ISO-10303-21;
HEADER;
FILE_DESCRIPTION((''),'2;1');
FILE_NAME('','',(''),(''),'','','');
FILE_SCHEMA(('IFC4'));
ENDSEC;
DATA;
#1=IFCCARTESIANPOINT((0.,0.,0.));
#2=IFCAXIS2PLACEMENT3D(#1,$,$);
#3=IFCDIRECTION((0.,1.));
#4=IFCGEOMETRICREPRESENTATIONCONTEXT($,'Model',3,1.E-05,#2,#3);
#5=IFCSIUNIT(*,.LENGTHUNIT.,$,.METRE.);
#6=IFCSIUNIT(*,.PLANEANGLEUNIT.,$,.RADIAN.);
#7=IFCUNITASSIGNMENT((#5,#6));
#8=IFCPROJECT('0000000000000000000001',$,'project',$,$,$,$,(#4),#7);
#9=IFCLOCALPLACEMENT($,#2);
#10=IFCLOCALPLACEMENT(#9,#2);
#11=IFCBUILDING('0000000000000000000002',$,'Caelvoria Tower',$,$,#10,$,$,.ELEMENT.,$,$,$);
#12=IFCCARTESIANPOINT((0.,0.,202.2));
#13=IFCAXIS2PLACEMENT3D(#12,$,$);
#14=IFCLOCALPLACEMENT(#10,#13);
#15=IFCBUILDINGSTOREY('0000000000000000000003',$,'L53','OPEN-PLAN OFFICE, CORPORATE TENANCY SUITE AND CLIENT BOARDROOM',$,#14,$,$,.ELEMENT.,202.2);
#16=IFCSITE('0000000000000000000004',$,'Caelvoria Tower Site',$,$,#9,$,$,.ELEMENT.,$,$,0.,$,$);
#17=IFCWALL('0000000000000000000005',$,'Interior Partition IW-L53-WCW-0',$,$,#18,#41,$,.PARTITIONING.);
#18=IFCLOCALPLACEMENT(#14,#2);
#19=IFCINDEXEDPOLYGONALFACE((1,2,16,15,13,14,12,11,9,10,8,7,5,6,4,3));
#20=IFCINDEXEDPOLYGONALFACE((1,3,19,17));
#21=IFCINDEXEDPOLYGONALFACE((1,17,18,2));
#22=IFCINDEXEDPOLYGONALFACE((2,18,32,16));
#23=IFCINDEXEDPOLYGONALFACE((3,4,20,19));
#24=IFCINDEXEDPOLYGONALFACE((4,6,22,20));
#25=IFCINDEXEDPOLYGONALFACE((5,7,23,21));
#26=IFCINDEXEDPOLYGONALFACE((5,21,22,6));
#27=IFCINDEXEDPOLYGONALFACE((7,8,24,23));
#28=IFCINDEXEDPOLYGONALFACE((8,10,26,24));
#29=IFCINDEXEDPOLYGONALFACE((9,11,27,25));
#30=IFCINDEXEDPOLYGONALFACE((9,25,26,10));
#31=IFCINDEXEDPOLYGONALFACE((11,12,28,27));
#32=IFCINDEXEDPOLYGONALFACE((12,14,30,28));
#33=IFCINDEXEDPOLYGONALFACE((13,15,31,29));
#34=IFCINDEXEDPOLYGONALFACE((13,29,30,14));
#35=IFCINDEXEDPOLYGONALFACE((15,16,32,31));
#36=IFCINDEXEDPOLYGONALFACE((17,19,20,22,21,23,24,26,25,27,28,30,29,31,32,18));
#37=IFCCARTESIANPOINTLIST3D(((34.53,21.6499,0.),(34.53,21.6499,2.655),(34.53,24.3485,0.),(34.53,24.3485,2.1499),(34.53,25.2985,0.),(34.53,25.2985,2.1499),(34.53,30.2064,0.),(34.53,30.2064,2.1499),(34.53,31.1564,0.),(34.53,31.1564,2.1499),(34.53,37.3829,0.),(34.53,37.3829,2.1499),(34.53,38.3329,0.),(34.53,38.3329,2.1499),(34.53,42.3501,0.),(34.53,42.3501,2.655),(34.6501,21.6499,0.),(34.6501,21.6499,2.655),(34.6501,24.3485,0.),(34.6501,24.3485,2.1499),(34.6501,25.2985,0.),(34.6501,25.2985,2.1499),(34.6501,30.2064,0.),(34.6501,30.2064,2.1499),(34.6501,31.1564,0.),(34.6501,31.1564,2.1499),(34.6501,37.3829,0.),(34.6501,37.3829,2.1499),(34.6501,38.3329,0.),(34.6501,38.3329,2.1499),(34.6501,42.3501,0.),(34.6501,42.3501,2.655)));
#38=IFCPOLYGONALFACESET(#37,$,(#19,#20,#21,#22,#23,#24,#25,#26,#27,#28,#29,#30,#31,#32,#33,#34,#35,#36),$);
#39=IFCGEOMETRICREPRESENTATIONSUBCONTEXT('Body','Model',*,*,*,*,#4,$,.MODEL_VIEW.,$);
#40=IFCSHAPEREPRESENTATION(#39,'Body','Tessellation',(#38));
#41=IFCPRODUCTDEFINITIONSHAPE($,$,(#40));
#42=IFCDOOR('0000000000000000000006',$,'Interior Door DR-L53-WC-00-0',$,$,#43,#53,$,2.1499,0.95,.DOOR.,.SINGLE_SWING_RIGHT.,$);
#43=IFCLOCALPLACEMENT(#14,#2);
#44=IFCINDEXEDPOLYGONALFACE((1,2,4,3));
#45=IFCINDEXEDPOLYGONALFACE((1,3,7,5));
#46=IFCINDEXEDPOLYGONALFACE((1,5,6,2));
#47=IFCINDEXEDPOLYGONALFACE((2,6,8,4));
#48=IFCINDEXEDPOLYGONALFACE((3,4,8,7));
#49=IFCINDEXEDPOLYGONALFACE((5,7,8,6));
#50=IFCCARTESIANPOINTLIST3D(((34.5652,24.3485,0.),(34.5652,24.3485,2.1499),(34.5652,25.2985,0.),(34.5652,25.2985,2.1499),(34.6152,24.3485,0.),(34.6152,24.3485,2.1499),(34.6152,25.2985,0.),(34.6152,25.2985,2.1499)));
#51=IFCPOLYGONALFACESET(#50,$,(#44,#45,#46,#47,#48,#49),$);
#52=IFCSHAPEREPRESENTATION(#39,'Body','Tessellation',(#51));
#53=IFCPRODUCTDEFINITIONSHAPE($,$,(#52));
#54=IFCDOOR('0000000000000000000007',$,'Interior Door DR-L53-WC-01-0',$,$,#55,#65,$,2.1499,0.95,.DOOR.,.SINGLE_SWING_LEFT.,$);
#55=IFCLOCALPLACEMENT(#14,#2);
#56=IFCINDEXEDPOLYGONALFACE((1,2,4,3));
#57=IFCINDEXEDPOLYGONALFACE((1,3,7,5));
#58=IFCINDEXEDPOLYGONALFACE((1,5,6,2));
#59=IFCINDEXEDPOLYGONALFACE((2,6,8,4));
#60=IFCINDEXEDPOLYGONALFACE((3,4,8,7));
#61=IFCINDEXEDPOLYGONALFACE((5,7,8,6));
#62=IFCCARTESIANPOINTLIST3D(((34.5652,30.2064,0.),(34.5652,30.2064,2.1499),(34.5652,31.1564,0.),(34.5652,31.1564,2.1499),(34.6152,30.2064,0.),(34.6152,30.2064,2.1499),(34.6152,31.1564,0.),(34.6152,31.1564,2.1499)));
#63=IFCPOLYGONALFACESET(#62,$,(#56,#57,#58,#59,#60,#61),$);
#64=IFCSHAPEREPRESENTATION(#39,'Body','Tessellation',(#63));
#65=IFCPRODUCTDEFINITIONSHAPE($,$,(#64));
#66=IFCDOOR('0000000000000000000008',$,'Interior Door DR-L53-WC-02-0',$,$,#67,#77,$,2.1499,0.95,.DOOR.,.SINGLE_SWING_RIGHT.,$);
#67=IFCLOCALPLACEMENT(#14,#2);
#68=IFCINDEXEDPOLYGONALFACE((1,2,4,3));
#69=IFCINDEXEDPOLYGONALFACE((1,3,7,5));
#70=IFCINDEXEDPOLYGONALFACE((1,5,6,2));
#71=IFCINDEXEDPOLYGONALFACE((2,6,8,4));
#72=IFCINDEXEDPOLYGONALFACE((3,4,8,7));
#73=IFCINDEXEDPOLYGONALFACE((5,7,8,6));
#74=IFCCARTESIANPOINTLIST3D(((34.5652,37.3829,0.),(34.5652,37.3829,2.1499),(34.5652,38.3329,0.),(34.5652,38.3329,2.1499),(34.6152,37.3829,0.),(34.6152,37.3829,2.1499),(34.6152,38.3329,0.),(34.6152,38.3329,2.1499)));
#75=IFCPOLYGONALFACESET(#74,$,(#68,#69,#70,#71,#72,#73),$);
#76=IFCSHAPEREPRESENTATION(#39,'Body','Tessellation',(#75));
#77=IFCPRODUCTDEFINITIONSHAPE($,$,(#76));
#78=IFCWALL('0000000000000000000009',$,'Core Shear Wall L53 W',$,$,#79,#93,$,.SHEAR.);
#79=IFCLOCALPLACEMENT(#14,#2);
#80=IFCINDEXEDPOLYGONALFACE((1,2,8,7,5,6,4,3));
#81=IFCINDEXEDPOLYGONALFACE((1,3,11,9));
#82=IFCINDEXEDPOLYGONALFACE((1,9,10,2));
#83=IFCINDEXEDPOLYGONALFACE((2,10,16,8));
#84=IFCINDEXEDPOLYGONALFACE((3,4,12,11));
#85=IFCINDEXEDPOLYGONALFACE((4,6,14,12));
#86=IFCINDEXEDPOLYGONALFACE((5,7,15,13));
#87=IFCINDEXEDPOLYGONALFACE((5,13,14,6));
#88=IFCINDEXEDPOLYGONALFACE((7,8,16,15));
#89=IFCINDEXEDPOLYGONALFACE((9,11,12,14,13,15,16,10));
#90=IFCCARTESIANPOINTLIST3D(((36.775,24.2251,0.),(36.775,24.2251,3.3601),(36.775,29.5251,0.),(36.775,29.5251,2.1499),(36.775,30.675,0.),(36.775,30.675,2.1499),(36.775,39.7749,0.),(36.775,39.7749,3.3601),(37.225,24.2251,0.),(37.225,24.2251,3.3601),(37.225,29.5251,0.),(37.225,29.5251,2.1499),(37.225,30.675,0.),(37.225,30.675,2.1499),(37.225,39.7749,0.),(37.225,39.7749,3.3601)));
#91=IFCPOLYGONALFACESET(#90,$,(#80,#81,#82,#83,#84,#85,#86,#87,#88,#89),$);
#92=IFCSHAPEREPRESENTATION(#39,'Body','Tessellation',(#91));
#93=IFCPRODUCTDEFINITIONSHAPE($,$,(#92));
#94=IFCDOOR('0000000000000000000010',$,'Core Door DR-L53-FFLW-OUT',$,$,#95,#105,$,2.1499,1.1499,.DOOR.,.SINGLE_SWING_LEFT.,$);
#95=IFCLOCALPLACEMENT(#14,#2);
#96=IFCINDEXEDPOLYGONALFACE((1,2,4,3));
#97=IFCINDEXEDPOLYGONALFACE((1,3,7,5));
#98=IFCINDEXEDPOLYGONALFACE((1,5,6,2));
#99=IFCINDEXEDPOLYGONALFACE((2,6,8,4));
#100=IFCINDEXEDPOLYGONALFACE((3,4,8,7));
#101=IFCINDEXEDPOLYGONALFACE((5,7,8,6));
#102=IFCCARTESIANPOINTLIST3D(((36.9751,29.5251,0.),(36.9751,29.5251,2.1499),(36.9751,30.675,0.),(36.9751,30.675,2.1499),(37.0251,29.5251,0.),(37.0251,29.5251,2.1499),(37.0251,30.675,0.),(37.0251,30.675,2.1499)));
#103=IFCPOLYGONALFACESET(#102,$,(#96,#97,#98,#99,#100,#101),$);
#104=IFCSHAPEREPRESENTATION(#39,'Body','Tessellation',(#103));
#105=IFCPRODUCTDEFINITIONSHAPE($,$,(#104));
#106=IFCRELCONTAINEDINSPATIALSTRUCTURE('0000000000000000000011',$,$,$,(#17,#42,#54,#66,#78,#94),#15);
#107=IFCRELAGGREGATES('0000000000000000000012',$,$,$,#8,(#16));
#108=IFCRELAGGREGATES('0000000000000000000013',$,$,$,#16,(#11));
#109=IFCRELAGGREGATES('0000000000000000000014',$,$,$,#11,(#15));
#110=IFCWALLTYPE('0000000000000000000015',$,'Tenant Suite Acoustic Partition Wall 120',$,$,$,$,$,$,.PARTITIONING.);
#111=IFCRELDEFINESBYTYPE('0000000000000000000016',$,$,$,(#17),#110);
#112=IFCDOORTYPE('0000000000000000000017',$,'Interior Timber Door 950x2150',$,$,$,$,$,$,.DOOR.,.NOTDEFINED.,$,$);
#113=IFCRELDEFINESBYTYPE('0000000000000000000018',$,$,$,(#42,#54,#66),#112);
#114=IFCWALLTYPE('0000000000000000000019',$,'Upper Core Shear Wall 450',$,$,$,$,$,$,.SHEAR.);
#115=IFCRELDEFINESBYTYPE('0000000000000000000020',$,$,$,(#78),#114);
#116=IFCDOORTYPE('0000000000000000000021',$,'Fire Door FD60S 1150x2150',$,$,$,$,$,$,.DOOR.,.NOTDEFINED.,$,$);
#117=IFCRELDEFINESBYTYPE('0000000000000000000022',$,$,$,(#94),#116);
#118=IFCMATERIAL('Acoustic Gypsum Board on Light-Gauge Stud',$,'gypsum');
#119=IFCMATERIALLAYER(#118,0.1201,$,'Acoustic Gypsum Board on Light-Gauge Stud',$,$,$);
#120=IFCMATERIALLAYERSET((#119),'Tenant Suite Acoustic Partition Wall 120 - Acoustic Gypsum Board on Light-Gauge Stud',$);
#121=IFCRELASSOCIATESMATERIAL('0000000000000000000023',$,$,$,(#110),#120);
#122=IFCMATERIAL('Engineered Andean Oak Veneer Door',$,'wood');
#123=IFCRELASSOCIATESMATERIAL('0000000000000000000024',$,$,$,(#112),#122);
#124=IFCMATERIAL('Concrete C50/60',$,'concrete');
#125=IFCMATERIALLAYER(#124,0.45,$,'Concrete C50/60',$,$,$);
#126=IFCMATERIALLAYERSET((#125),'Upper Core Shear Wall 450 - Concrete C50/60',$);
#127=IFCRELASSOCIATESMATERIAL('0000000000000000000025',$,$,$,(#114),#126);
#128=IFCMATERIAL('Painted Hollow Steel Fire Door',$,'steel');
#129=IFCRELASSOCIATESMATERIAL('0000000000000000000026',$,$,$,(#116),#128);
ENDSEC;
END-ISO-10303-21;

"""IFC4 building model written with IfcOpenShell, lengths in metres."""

from ifc_helpers import new_model, si_unit, direction, frame, frame_2d, origin, place, context, subcontext, project, spatial, rectangle, extrude, material, layer, layer_set, type_object, element, fill, save


model = new_model("IFC4")

# Units and contexts
model_context = context("Model", 3, precision=1e-05, world=origin(), true_north=direction((0.0, 1.0)))
body_context = subcontext(model_context, "Body", "Model", "MODEL_VIEW")
ifc_project = project(units=[si_unit("LENGTHUNIT", "METRE"), si_unit("PLANEANGLEUNIT", "RADIAN")], contexts=[model_context])

# Site, building, storey
site_placement = place(None, origin())
site = spatial("IfcSite", under=ifc_project, at=site_placement, Name="Caelvoria Tower Site", CompositionType="ELEMENT", RefElevation=0.0)
building_placement = place(site_placement, origin())
building = spatial("IfcBuilding", under=site, at=building_placement, Name="Caelvoria Tower", CompositionType="ELEMENT")
storey_placement = place(building_placement, frame((0.0, 0.0, 202.2)))
storey = spatial("IfcBuildingStorey", under=building, at=storey_placement, Name="L53", Description="OPEN-PLAN OFFICE, CORPORATE TENANCY SUITE AND CLIENT BOARDROOM", CompositionType="ELEMENT", Elevation=202.2)

# Shared definitions
ifc_material_1 = material(Name="Concrete C50/60", Category="concrete")
ifc_material_2 = material(Name="Painted Hollow Steel Fire Door", Category="steel")

# Shared definitions
ifc_material_3 = material(Name="Engineered Andean Oak Veneer Door", Category="wood")

# Shared definitions
ifc_material_4 = material(Name="Acoustic Gypsum Board on Light-Gauge Stud", Category="gypsum")
ifc_layer_1 = layer(ifc_material_4, 0.1201, Name="Acoustic Gypsum Board on Light-Gauge Stud")
ifc_layer_set_1 = layer_set([ifc_layer_1], Name="Tenant Suite Acoustic Partition Wall 120 - Acoustic Gypsum Board on Light-Gauge Stud")
wall_type_1 = type_object("IfcWallType", Name="Tenant Suite Acoustic Partition Wall 120", PredefinedType="PARTITIONING", material=ifc_layer_set_1)

# Wall, openings, doors
wall_1_placement = place(storey_placement, frame((34.5901, 21.6499, 0.0), z_axis=(0.0, 0.0, 1.0), x_axis=(0.0, 1.0, 0.0)))
wall_1 = element("IfcWall", 1, at=wall_1_placement, inside=storey, type_object=wall_type_1, Name="Interior Partition IW-L53-WCW-0", PredefinedType="PARTITIONING", context=body_context, shape_type="SweptSolid", body=[
    extrude(rectangle(XDim=20.7002, YDim=0.1201, at=frame_2d((10.3501, 0.0))), origin(), (0.0, 0.0, 1.0), 2.655),
])
opening_1_placement = place(wall_1_placement, frame((2.6985, 0.0, 0.0)))
opening_1 = element("IfcOpeningElement", 2, at=opening_1_placement, cuts=wall_1, PredefinedType="OPENING", context=body_context, shape_type="SweptSolid", body=[
    extrude(rectangle(XDim=0.95, YDim=2.1499, at=frame_2d((0.4751, 1.075))), frame((0.0, 0.0701, 0.0), z_axis=(0.0, -1.0, 0.0), x_axis=(1.0, 0.0, 0.0)), (0.0, 0.0, 1.0), 0.1401),
])
opening_2_placement = place(wall_1_placement, frame((8.5564, 0.0, 0.0)))
opening_2 = element("IfcOpeningElement", 3, at=opening_2_placement, cuts=wall_1, PredefinedType="OPENING", context=body_context, shape_type="SweptSolid", body=[
    extrude(rectangle(XDim=0.95, YDim=2.1499, at=frame_2d((0.4751, 1.075))), frame((0.0, 0.0701, 0.0), z_axis=(0.0, -1.0, 0.0), x_axis=(1.0, 0.0, 0.0)), (0.0, 0.0, 1.0), 0.1401),
])
opening_3_placement = place(wall_1_placement, frame((15.7329, 0.0, 0.0)))
opening_3 = element("IfcOpeningElement", 4, at=opening_3_placement, cuts=wall_1, PredefinedType="OPENING", context=body_context, shape_type="SweptSolid", body=[
    extrude(rectangle(XDim=0.95, YDim=2.1499, at=frame_2d((0.4751, 1.075))), frame((0.0, 0.0701, 0.0), z_axis=(0.0, -1.0, 0.0), x_axis=(1.0, 0.0, 0.0)), (0.0, 0.0, 1.0), 0.1401),
])
door_type_1 = type_object("IfcDoorType", Name="Interior Timber Door 950x2150", OperationType="NOTDEFINED", PredefinedType="DOOR", material=ifc_material_3)
door_1_placement = place(opening_1_placement, origin())
door_1 = element("IfcDoor", 5, at=door_1_placement, inside=storey, type_object=door_type_1, Name="Interior Door DR-L53-WC-00-0", OperationType="SINGLE_SWING_RIGHT", OverallHeight=2.1499, OverallWidth=0.95, PredefinedType="DOOR", context=body_context, shape_type="SweptSolid", body=[
    extrude(rectangle(XDim=0.95, YDim=2.1499, at=frame_2d((0.4751, 1.075))), frame((0.0, 0.0249, 0.0), z_axis=(0.0, -1.0, 0.0), x_axis=(1.0, 0.0, 0.0)), (0.0, 0.0, 1.0), 0.05),
])
fill(opening_1, door_1)
door_2_placement = place(opening_2_placement, origin())
door_2 = element("IfcDoor", 6, at=door_2_placement, inside=storey, type_object=door_type_1, Name="Interior Door DR-L53-WC-01-0", OperationType="SINGLE_SWING_LEFT", OverallHeight=2.1499, OverallWidth=0.95, PredefinedType="DOOR", context=body_context, shape_type="SweptSolid", body=[
    extrude(rectangle(XDim=0.95, YDim=2.1499, at=frame_2d((0.4751, 1.075))), frame((0.0, 0.0249, 0.0), z_axis=(0.0, -1.0, 0.0), x_axis=(1.0, 0.0, 0.0)), (0.0, 0.0, 1.0), 0.05),
])
fill(opening_2, door_2)
door_3_placement = place(opening_3_placement, origin())
door_3 = element("IfcDoor", 7, at=door_3_placement, inside=storey, type_object=door_type_1, Name="Interior Door DR-L53-WC-02-0", OperationType="SINGLE_SWING_RIGHT", OverallHeight=2.1499, OverallWidth=0.95, PredefinedType="DOOR", context=body_context, shape_type="SweptSolid", body=[
    extrude(rectangle(XDim=0.95, YDim=2.1499, at=frame_2d((0.4751, 1.075))), frame((0.0, 0.0249, 0.0), z_axis=(0.0, -1.0, 0.0), x_axis=(1.0, 0.0, 0.0)), (0.0, 0.0, 1.0), 0.05),
])
fill(opening_3, door_3)

# Wall, opening, door
ifc_layer_2 = layer(ifc_material_1, 0.45, Name="Concrete C50/60")
ifc_layer_set_2 = layer_set([ifc_layer_2], Name="Upper Core Shear Wall 450 - Concrete C50/60")
wall_type_2 = type_object("IfcWallType", Name="Upper Core Shear Wall 450", PredefinedType="SHEAR", material=ifc_layer_set_2)
wall_2_placement = place(storey_placement, frame((37.0, 24.2251, 0.0), z_axis=(0.0, 0.0, 1.0), x_axis=(0.0, 1.0, 0.0)))
wall_2 = element("IfcWall", 8, at=wall_2_placement, inside=storey, type_object=wall_type_2, Name="Core Shear Wall L53 W", PredefinedType="SHEAR", context=body_context, shape_type="SweptSolid", body=[
    extrude(rectangle(XDim=15.5498, YDim=0.45, at=frame_2d((7.7749, 0.0))), origin(), (0.0, 0.0, 1.0), 3.3601),
])
opening_4_placement = place(wall_2_placement, frame((5.3, 0.0, 0.0)))
opening_4 = element("IfcOpeningElement", 9, at=opening_4_placement, cuts=wall_2, PredefinedType="OPENING", context=body_context, shape_type="SweptSolid", body=[
    extrude(rectangle(XDim=1.1499, YDim=2.1499, at=frame_2d((0.575, 1.075))), frame((0.0, 0.2349, 0.0), z_axis=(0.0, -1.0, 0.0), x_axis=(1.0, 0.0, 0.0)), (0.0, 0.0, 1.0), 0.47),
])
door_type_2 = type_object("IfcDoorType", Name="Fire Door FD60S 1150x2150", OperationType="NOTDEFINED", PredefinedType="DOOR", material=ifc_material_2)
door_4_placement = place(opening_4_placement, origin())
door_4 = element("IfcDoor", 10, at=door_4_placement, inside=storey, type_object=door_type_2, Name="Core Door DR-L53-FFLW-OUT", OperationType="SINGLE_SWING_LEFT", OverallHeight=2.1499, OverallWidth=1.1499, PredefinedType="DOOR", context=body_context, shape_type="SweptSolid", body=[
    extrude(rectangle(XDim=1.1499, YDim=2.1499, at=frame_2d((0.575, 1.075))), frame((0.0, 0.0249, 0.0), z_axis=(0.0, -1.0, 0.0), x_axis=(1.0, 0.0, 0.0)), (0.0, 0.0, 1.0), 0.05),
])
fill(opening_4, door_4)

save(model, "model.ifc")
